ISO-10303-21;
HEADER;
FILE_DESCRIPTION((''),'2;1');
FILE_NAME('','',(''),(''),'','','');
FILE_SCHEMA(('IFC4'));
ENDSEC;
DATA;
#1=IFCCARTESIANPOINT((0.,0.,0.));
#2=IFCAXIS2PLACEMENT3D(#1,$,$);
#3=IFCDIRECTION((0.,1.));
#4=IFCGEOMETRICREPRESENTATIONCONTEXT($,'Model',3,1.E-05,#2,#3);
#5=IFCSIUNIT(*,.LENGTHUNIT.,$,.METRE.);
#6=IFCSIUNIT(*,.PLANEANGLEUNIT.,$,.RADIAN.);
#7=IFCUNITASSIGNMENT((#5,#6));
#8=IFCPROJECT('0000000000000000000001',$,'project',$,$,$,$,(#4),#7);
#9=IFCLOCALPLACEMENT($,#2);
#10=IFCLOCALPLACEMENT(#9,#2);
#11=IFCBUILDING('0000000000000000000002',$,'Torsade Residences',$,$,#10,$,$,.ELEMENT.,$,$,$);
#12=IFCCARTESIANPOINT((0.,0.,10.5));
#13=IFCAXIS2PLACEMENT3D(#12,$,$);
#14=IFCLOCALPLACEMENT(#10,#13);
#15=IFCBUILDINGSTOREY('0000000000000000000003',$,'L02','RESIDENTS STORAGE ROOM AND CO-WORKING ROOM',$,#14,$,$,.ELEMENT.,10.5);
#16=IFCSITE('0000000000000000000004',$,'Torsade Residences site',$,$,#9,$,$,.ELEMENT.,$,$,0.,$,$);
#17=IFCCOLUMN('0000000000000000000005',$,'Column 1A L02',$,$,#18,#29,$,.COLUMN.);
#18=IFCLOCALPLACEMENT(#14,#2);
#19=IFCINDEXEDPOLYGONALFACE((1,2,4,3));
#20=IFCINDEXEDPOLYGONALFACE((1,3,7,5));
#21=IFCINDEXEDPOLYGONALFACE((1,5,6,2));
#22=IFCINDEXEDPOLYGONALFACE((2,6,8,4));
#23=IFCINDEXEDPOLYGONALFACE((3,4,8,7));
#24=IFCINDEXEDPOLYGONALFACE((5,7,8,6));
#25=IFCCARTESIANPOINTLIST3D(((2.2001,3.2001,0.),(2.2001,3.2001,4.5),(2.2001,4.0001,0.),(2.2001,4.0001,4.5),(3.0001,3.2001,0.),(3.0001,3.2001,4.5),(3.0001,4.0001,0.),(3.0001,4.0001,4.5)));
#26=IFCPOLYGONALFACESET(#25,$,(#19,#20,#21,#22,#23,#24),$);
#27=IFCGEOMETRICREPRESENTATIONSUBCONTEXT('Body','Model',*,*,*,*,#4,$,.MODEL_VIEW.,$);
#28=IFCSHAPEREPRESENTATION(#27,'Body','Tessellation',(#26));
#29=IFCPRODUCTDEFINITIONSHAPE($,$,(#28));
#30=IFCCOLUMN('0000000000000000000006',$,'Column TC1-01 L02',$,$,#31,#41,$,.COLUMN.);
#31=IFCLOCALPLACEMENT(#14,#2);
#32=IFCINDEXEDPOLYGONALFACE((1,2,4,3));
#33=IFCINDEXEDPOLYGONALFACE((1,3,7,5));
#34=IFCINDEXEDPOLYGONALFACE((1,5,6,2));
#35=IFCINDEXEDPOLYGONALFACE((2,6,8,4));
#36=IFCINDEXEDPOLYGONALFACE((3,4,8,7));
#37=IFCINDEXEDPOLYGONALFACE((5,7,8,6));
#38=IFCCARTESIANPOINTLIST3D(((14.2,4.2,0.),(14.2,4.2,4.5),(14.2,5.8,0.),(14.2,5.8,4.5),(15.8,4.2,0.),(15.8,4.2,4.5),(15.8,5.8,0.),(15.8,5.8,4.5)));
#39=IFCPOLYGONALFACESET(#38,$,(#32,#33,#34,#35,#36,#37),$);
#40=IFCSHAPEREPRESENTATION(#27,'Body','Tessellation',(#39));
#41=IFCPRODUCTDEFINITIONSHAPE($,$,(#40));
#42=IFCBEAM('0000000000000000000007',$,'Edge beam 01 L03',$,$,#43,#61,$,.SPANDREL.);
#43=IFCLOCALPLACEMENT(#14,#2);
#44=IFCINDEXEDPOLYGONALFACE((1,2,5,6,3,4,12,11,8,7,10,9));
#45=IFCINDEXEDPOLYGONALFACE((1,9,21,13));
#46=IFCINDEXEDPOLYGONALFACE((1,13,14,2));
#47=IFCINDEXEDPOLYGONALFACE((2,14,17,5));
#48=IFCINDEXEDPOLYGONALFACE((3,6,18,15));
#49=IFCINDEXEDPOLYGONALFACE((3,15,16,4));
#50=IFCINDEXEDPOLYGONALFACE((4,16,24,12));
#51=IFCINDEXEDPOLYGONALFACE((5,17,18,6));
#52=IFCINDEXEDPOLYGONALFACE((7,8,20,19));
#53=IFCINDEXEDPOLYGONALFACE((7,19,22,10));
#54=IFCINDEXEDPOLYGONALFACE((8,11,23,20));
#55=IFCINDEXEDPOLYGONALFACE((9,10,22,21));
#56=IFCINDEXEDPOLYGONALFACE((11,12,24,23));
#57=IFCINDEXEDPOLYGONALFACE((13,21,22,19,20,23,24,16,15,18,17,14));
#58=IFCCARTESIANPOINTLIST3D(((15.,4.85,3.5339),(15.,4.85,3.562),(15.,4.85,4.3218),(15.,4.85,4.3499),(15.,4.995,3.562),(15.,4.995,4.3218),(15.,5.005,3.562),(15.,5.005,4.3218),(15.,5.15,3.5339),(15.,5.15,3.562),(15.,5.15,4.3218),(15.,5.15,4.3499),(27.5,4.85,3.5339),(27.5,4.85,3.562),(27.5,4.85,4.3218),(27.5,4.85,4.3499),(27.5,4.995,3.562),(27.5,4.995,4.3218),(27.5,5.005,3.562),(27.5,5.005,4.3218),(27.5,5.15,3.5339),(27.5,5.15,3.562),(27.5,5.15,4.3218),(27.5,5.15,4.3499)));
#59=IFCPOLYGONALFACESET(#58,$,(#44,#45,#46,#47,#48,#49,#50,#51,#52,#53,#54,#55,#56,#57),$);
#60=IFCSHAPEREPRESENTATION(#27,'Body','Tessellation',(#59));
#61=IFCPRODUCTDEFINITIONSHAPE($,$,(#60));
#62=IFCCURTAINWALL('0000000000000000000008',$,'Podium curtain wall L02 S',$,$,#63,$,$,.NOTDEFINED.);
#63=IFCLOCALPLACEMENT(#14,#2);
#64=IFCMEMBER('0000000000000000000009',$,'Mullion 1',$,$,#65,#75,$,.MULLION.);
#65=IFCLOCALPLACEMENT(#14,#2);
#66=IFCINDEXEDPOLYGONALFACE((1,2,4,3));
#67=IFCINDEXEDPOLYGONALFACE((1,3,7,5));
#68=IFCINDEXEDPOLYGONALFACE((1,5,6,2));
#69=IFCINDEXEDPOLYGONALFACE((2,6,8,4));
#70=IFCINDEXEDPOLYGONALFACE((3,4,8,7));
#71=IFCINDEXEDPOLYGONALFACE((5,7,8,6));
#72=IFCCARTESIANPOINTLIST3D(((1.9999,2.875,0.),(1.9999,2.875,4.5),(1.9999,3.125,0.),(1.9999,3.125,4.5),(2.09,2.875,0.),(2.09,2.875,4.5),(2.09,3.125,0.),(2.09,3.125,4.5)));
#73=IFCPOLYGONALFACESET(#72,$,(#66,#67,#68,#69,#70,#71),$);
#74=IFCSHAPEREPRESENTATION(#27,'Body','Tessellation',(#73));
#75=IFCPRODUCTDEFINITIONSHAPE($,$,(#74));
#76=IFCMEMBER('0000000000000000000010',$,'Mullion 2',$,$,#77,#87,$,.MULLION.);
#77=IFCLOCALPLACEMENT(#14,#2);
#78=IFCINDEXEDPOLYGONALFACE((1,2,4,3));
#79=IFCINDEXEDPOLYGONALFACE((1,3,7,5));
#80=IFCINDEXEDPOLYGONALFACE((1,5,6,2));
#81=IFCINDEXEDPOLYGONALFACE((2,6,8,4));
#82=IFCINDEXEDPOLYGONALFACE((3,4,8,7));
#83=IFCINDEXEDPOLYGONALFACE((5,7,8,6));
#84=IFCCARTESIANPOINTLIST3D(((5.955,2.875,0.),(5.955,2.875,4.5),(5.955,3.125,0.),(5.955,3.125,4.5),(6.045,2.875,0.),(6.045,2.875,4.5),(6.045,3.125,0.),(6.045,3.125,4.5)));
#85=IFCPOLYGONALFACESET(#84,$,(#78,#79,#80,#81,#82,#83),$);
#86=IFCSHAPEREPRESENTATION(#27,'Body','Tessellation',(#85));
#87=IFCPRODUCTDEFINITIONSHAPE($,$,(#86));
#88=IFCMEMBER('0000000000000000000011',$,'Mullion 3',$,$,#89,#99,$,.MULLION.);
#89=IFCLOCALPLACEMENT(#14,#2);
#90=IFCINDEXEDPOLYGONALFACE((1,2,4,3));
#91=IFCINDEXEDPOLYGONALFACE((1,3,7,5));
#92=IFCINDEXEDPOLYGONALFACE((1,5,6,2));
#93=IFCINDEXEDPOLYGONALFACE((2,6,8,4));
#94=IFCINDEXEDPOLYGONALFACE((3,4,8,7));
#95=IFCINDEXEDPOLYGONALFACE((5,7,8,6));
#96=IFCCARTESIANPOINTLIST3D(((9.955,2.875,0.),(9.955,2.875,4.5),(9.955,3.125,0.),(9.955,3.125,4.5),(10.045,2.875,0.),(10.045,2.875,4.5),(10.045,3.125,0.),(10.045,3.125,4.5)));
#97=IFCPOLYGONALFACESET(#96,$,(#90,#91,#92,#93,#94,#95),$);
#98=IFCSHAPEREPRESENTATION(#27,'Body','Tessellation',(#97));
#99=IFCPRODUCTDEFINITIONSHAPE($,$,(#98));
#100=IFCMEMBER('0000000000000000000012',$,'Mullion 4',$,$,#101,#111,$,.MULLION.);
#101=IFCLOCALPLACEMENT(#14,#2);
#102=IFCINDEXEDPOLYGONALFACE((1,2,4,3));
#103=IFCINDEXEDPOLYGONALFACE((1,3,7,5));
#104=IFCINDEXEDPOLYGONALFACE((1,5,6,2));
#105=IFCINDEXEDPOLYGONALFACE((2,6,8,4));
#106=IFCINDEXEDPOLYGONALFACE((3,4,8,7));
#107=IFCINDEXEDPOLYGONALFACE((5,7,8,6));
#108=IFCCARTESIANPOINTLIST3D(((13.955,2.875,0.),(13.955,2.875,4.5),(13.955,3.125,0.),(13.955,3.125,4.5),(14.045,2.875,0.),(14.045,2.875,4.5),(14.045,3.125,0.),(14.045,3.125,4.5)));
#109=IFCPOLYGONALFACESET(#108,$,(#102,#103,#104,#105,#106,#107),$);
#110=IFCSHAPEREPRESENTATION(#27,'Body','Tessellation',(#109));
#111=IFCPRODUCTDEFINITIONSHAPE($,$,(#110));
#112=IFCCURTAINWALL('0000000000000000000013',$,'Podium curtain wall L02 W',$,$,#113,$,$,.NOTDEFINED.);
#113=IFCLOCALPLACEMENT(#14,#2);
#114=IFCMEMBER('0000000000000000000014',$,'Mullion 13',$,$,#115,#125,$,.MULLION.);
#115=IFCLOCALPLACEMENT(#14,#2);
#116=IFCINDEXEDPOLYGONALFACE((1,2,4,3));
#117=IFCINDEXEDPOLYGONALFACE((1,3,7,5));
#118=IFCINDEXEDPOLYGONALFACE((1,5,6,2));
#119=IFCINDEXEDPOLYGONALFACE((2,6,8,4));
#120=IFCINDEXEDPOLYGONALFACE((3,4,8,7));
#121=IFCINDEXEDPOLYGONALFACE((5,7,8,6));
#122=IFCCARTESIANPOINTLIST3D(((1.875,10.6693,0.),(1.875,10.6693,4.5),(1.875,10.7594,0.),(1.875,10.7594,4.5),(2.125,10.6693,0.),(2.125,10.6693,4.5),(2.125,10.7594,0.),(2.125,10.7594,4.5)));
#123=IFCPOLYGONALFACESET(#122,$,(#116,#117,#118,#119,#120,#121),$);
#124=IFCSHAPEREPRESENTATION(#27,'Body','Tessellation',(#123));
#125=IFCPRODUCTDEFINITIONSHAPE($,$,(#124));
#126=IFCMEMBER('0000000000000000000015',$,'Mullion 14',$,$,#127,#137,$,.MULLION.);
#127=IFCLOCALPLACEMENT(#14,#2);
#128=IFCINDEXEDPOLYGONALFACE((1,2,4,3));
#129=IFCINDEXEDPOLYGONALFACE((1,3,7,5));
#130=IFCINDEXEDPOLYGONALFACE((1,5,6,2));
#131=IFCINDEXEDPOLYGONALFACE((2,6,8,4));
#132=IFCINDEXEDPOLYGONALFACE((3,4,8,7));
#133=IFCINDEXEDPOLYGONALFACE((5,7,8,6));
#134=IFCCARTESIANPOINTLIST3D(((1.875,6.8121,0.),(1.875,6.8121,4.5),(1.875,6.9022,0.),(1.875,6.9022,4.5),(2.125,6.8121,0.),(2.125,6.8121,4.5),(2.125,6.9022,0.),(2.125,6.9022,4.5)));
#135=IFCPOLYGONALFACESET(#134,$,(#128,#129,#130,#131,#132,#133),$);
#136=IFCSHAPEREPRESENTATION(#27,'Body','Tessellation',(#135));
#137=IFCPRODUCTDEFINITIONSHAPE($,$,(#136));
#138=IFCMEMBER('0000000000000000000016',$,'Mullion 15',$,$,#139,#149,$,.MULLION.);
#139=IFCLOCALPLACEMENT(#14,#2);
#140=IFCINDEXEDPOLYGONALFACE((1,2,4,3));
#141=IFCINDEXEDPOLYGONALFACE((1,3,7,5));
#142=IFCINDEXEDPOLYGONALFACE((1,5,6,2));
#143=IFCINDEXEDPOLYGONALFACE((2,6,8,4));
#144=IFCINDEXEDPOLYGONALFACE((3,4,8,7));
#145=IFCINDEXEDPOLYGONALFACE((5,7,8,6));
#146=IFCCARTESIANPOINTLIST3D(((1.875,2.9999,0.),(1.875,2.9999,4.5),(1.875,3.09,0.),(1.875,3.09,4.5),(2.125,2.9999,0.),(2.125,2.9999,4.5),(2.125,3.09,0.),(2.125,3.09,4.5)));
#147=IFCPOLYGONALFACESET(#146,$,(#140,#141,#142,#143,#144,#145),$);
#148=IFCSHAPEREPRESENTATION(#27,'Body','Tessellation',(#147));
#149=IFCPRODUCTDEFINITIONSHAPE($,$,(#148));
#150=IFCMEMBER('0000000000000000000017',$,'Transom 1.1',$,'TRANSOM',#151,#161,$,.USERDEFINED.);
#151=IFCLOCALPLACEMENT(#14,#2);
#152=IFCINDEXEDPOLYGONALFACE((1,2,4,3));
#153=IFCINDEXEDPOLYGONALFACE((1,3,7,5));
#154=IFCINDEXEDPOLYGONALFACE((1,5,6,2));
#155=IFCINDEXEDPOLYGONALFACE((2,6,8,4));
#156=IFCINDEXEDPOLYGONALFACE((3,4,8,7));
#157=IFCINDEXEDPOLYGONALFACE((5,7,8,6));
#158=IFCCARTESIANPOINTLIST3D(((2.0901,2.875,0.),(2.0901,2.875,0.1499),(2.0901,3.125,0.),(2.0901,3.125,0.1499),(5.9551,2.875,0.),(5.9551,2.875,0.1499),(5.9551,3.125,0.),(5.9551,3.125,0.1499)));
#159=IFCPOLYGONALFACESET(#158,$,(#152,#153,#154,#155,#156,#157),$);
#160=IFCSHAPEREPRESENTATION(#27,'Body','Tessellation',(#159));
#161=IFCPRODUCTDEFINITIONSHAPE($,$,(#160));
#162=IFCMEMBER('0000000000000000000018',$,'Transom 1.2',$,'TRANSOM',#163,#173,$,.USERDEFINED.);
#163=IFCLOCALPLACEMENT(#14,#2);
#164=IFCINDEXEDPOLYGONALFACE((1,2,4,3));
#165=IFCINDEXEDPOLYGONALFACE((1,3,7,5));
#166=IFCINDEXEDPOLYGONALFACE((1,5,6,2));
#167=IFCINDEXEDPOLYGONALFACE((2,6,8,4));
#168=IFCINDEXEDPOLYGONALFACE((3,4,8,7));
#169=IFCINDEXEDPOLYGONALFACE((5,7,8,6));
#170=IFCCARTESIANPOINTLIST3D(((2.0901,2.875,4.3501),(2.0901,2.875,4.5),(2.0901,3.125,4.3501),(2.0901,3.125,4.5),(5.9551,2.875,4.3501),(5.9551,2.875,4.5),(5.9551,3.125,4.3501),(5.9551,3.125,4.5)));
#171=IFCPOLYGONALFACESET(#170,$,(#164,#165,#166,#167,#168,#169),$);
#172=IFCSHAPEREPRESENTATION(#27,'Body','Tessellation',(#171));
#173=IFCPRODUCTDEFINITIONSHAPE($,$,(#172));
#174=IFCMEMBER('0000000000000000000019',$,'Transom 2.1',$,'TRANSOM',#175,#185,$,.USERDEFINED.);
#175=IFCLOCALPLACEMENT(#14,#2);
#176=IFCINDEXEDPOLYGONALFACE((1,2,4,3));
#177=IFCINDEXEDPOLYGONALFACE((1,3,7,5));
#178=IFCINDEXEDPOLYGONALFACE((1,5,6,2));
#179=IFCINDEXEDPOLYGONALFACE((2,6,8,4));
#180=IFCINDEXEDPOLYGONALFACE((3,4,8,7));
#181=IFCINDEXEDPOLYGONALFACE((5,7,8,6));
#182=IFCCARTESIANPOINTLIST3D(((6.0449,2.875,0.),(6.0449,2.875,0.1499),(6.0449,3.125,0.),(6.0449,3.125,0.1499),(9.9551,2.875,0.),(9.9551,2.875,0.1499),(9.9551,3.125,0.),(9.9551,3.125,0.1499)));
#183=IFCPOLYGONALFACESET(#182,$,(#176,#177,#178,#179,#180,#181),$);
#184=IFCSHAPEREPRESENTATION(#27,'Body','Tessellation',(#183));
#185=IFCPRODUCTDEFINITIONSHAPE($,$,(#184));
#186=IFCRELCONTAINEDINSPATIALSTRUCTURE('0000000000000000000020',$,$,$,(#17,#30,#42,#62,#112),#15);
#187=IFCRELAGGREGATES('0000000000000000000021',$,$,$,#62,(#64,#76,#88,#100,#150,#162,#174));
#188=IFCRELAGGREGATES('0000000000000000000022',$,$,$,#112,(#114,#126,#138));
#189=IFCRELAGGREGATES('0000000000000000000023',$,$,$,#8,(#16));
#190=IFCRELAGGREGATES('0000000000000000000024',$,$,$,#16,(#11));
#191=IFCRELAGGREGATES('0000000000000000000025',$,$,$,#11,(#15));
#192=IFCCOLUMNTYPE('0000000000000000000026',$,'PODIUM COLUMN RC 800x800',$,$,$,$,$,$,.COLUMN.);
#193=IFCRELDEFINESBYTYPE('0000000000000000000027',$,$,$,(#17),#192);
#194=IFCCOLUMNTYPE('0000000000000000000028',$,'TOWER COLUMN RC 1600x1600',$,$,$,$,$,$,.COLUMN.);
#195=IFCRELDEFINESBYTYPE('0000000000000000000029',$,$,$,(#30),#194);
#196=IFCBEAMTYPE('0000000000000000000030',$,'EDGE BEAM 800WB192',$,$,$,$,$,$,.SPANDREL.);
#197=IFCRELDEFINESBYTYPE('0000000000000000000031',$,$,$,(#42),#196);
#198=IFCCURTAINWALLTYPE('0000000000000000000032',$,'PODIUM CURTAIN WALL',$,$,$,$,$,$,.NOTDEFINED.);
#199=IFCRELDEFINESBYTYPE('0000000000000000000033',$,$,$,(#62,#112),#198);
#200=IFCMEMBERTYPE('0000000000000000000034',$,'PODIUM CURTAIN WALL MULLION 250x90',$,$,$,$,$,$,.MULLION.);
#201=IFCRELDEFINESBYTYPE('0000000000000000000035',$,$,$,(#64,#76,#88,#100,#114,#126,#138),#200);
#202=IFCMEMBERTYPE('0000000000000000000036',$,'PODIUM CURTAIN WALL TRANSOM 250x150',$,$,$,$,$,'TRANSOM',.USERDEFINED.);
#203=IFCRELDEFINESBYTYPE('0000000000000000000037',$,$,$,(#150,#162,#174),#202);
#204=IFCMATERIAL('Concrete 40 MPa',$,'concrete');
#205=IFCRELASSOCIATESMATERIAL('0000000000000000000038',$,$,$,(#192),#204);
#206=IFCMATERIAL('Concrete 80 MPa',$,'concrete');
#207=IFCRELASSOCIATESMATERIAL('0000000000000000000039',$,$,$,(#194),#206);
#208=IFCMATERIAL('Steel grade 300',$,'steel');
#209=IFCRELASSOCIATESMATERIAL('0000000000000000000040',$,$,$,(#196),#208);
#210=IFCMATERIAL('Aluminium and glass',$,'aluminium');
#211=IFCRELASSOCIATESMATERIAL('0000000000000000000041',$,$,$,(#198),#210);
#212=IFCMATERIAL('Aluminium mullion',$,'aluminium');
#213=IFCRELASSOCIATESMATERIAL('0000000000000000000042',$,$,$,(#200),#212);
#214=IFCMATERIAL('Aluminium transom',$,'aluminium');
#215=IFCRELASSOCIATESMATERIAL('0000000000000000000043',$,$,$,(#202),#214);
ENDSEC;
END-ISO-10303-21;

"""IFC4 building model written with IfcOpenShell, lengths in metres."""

from ifc_helpers import new_model, si_unit, direction, frame, origin, origin_2d, place, context, subcontext, project, spatial, rectangle, i_section, extrude, material, material_profile, profile_set, type_object, element, aggregate, save


model = new_model("IFC4")

# Units and contexts
model_context = context("Model", 3, precision=1e-05, world=origin(), true_north=direction((0.0, 1.0)))
body_context = subcontext(model_context, "Body", "Model", "MODEL_VIEW")
ifc_project = project(units=[si_unit("LENGTHUNIT", "METRE"), si_unit("PLANEANGLEUNIT", "RADIAN")], contexts=[model_context])

# Site, building, storey
site_placement = place(None, origin())
site = spatial("IfcSite", under=ifc_project, at=site_placement, Name="Torsade Residences site", CompositionType="ELEMENT", RefElevation=0.0)
building_placement = place(site_placement, origin())
building = spatial("IfcBuilding", under=site, at=building_placement, Name="Torsade Residences", CompositionType="ELEMENT")
storey_placement = place(building_placement, frame((0.0, 0.0, 10.5)))
storey = spatial("IfcBuildingStorey", under=building, at=storey_placement, Name="L02", Description="RESIDENTS STORAGE ROOM AND CO-WORKING ROOM", CompositionType="ELEMENT", Elevation=10.5)

# Columns
ifc_material_1 = material(Name="Concrete 40 MPa", Category="concrete")
ifc_material_profile_1 = material_profile(ifc_material_1, rectangle(XDim=0.8, YDim=0.8, at=origin_2d()), Name="RC 800x800")
ifc_profile_set_1 = profile_set([ifc_material_profile_1], Name="Concrete 40 MPa")
column_type_1 = type_object("IfcColumnType", Name="PODIUM COLUMN RC 800x800", PredefinedType="COLUMN", material=ifc_profile_set_1)
column_1_placement = place(storey_placement, frame((2.6001, 3.6001, 0.0), z_axis=(0.0, 0.0, 1.0), x_axis=(1.0, 0.0, 0.0)))
element("IfcColumn", 1, at=column_1_placement, inside=storey, type_object=column_type_1, Name="Column 1A L02", PredefinedType="COLUMN", context=body_context, shape_type="SweptSolid", body=[
    extrude(rectangle(XDim=0.8, YDim=0.8, at=origin_2d()), origin(), (0.0, 0.0, 1.0), 4.5),
])
ifc_material_2 = material(Name="Concrete 80 MPa", Category="concrete")
ifc_material_profile_2 = material_profile(ifc_material_2, rectangle(XDim=1.6001, YDim=1.6001, at=origin_2d()), Name="RC 1600x1600")
ifc_profile_set_2 = profile_set([ifc_material_profile_2], Name="Concrete 80 MPa")
column_type_2 = type_object("IfcColumnType", Name="TOWER COLUMN RC 1600x1600", PredefinedType="COLUMN", material=ifc_profile_set_2)
column_2_placement = place(storey_placement, frame((15.0, 5.0, 0.0), z_axis=(0.0, 0.0, 1.0), x_axis=(1.0, 0.0, 0.0)))
element("IfcColumn", 2, at=column_2_placement, inside=storey, type_object=column_type_2, Name="Column TC1-01 L02", PredefinedType="COLUMN", context=body_context, shape_type="SweptSolid", body=[
    extrude(rectangle(XDim=1.6001, YDim=1.6001, at=origin_2d()), origin(), (0.0, 0.0, 1.0), 4.5),
])

# Beam
ifc_material_3 = material(Name="Steel grade 300", Category="steel")
ifc_material_profile_3 = material_profile(ifc_material_3, i_section(OverallWidth=0.3, OverallDepth=0.8159, WebThickness=0.01, FlangeThickness=0.0281, at=origin_2d()), Name="800WB192")
ifc_profile_set_3 = profile_set([ifc_material_profile_3], Name="Steel grade 300")
beam_type_1 = type_object("IfcBeamType", Name="EDGE BEAM 800WB192", PredefinedType="SPANDREL", material=ifc_profile_set_3)
beam_1_placement = place(storey_placement, frame((15.0, 5.0, 3.9419), z_axis=(1.0, 0.0, 0.0), x_axis=(0.0, 1.0, 0.0)))
element("IfcBeam", 3, at=beam_1_placement, inside=storey, type_object=beam_type_1, Name="Edge beam 01 L03", PredefinedType="SPANDREL", context=body_context, shape_type="SweptSolid", body=[
    extrude(i_section(OverallWidth=0.3, OverallDepth=0.8159, WebThickness=0.01, FlangeThickness=0.0281, at=origin_2d()), origin(), (0.0, 0.0, 1.0), 12.5),
])

# Curtain walls, members
ifc_material_4 = material(Name="Aluminium and glass", Category="aluminium")
curtain_wall_type = type_object("IfcCurtainWallType", Name="PODIUM CURTAIN WALL", PredefinedType="NOTDEFINED", material=ifc_material_4)
curtain_wall_1_placement = place(storey_placement, origin())
curtain_wall_1 = element("IfcCurtainWall", 4, at=curtain_wall_1_placement, inside=storey, type_object=curtain_wall_type, Name="Podium curtain wall L02 S", PredefinedType="NOTDEFINED")
ifc_material_5 = material(Name="Aluminium mullion", Category="aluminium")
ifc_material_profile_4 = material_profile(ifc_material_5, rectangle(XDim=0.25, YDim=0.0901, at=origin_2d()), Name="PODIUM CURTAIN WALL MULLION 250x90")
ifc_profile_set_4 = profile_set([ifc_material_profile_4], Name="Aluminium mullion")
member_type_1 = type_object("IfcMemberType", Name="PODIUM CURTAIN WALL MULLION 250x90", PredefinedType="MULLION", material=ifc_profile_set_4)
member_1_placement = place(storey_placement, frame((2.0449, 3.0, 0.0), z_axis=(0.0, 0.0, 1.0), x_axis=(0.0, 1.0, 0.0)))
member_1 = element("IfcMember", 5, at=member_1_placement, type_object=member_type_1, Name="Mullion 1", PredefinedType="MULLION", context=body_context, shape_type="SweptSolid", body=[
    extrude(rectangle(XDim=0.25, YDim=0.0901, at=origin_2d()), origin(), (0.0, 0.0, 1.0), 4.5),
])
member_2_placement = place(storey_placement, frame((6.0, 3.0, 0.0), z_axis=(0.0, 0.0, 1.0), x_axis=(0.0, 1.0, 0.0)))
member_2 = element("IfcMember", 6, at=member_2_placement, type_object=member_type_1, Name="Mullion 2", PredefinedType="MULLION", context=body_context, shape_type="SweptSolid", body=[
    extrude(rectangle(XDim=0.25, YDim=0.0901, at=origin_2d()), origin(), (0.0, 0.0, 1.0), 4.5),
])
member_3_placement = place(storey_placement, frame((10.0, 3.0, 0.0), z_axis=(0.0, 0.0, 1.0), x_axis=(0.0, 1.0, 0.0)))
member_3 = element("IfcMember", 7, at=member_3_placement, type_object=member_type_1, Name="Mullion 3", PredefinedType="MULLION", context=body_context, shape_type="SweptSolid", body=[
    extrude(rectangle(XDim=0.25, YDim=0.0901, at=origin_2d()), origin(), (0.0, 0.0, 1.0), 4.5),
])
member_4_placement = place(storey_placement, frame((14.0, 3.0, 0.0), z_axis=(0.0, 0.0, 1.0), x_axis=(0.0, 1.0, 0.0)))
member_4 = element("IfcMember", 8, at=member_4_placement, type_object=member_type_1, Name="Mullion 4", PredefinedType="MULLION", context=body_context, shape_type="SweptSolid", body=[
    extrude(rectangle(XDim=0.25, YDim=0.0901, at=origin_2d()), origin(), (0.0, 0.0, 1.0), 4.5),
])
curtain_wall_2_placement = place(storey_placement, origin())
curtain_wall_2 = element("IfcCurtainWall", 9, at=curtain_wall_2_placement, inside=storey, type_object=curtain_wall_type, Name="Podium curtain wall L02 W", PredefinedType="NOTDEFINED")
member_5_placement = place(storey_placement, frame((2.0, 10.7144, 0.0), z_axis=(0.0, 0.0, 1.0), x_axis=(1.0, 0.0, 0.0)))
member_5 = element("IfcMember", 10, at=member_5_placement, type_object=member_type_1, Name="Mullion 13", PredefinedType="MULLION", context=body_context, shape_type="SweptSolid", body=[
    extrude(rectangle(XDim=0.25, YDim=0.0901, at=origin_2d()), origin(), (0.0, 0.0, 1.0), 4.5),
])
member_6_placement = place(storey_placement, frame((2.0, 6.8572, 0.0), z_axis=(0.0, 0.0, 1.0), x_axis=(1.0, 0.0, 0.0)))
member_6 = element("IfcMember", 11, at=member_6_placement, type_object=member_type_1, Name="Mullion 14", PredefinedType="MULLION", context=body_context, shape_type="SweptSolid", body=[
    extrude(rectangle(XDim=0.25, YDim=0.0901, at=origin_2d()), origin(), (0.0, 0.0, 1.0), 4.5),
])
member_7_placement = place(storey_placement, frame((2.0, 3.0449, 0.0), z_axis=(0.0, 0.0, 1.0), x_axis=(1.0, 0.0, 0.0)))
member_7 = element("IfcMember", 12, at=member_7_placement, type_object=member_type_1, Name="Mullion 15", PredefinedType="MULLION", context=body_context, shape_type="SweptSolid", body=[
    extrude(rectangle(XDim=0.25, YDim=0.0901, at=origin_2d()), origin(), (0.0, 0.0, 1.0), 4.5),
])

# Members
ifc_material_6 = material(Name="Aluminium transom", Category="aluminium")
ifc_material_profile_5 = material_profile(ifc_material_6, rectangle(XDim=0.25, YDim=0.1499, at=origin_2d()), Name="PODIUM CURTAIN WALL TRANSOM 250x150")
ifc_profile_set_5 = profile_set([ifc_material_profile_5], Name="Aluminium transom")
member_type_2 = type_object("IfcMemberType", Name="PODIUM CURTAIN WALL TRANSOM 250x150", ElementType="TRANSOM", PredefinedType="USERDEFINED", material=ifc_profile_set_5)
member_8_placement = place(storey_placement, frame((2.0901, 3.0, 0.075), z_axis=(1.0, 0.0, 0.0), x_axis=(0.0, 1.0, 0.0)))
member_8 = element("IfcMember", 13, at=member_8_placement, type_object=member_type_2, Name="Transom 1.1", ObjectType="TRANSOM", PredefinedType="USERDEFINED", context=body_context, shape_type="SweptSolid", body=[
    extrude(rectangle(XDim=0.25, YDim=0.1499, at=origin_2d()), origin(), (0.0, 0.0, 1.0), 3.865),
])
member_9_placement = place(storey_placement, frame((2.0901, 3.0, 4.425), z_axis=(1.0, 0.0, 0.0), x_axis=(0.0, 1.0, 0.0)))
member_9 = element("IfcMember", 14, at=member_9_placement, type_object=member_type_2, Name="Transom 1.2", ObjectType="TRANSOM", PredefinedType="USERDEFINED", context=body_context, shape_type="SweptSolid", body=[
    extrude(rectangle(XDim=0.25, YDim=0.1499, at=origin_2d()), origin(), (0.0, 0.0, 1.0), 3.865),
])
member_10_placement = place(storey_placement, frame((6.0449, 3.0, 0.075), z_axis=(1.0, 0.0, 0.0), x_axis=(0.0, 1.0, 0.0)))
member_10 = element("IfcMember", 15, at=member_10_placement, type_object=member_type_2, Name="Transom 2.1", ObjectType="TRANSOM", PredefinedType="USERDEFINED", context=body_context, shape_type="SweptSolid", body=[
    extrude(rectangle(XDim=0.25, YDim=0.1499, at=origin_2d()), origin(), (0.0, 0.0, 1.0), 3.9102),
])

aggregate(curtain_wall_1, [member_1, member_2, member_3, member_4, member_8, member_9, member_10])
aggregate(curtain_wall_2, [member_5, member_6, member_7])

save(model, "model.ifc")
